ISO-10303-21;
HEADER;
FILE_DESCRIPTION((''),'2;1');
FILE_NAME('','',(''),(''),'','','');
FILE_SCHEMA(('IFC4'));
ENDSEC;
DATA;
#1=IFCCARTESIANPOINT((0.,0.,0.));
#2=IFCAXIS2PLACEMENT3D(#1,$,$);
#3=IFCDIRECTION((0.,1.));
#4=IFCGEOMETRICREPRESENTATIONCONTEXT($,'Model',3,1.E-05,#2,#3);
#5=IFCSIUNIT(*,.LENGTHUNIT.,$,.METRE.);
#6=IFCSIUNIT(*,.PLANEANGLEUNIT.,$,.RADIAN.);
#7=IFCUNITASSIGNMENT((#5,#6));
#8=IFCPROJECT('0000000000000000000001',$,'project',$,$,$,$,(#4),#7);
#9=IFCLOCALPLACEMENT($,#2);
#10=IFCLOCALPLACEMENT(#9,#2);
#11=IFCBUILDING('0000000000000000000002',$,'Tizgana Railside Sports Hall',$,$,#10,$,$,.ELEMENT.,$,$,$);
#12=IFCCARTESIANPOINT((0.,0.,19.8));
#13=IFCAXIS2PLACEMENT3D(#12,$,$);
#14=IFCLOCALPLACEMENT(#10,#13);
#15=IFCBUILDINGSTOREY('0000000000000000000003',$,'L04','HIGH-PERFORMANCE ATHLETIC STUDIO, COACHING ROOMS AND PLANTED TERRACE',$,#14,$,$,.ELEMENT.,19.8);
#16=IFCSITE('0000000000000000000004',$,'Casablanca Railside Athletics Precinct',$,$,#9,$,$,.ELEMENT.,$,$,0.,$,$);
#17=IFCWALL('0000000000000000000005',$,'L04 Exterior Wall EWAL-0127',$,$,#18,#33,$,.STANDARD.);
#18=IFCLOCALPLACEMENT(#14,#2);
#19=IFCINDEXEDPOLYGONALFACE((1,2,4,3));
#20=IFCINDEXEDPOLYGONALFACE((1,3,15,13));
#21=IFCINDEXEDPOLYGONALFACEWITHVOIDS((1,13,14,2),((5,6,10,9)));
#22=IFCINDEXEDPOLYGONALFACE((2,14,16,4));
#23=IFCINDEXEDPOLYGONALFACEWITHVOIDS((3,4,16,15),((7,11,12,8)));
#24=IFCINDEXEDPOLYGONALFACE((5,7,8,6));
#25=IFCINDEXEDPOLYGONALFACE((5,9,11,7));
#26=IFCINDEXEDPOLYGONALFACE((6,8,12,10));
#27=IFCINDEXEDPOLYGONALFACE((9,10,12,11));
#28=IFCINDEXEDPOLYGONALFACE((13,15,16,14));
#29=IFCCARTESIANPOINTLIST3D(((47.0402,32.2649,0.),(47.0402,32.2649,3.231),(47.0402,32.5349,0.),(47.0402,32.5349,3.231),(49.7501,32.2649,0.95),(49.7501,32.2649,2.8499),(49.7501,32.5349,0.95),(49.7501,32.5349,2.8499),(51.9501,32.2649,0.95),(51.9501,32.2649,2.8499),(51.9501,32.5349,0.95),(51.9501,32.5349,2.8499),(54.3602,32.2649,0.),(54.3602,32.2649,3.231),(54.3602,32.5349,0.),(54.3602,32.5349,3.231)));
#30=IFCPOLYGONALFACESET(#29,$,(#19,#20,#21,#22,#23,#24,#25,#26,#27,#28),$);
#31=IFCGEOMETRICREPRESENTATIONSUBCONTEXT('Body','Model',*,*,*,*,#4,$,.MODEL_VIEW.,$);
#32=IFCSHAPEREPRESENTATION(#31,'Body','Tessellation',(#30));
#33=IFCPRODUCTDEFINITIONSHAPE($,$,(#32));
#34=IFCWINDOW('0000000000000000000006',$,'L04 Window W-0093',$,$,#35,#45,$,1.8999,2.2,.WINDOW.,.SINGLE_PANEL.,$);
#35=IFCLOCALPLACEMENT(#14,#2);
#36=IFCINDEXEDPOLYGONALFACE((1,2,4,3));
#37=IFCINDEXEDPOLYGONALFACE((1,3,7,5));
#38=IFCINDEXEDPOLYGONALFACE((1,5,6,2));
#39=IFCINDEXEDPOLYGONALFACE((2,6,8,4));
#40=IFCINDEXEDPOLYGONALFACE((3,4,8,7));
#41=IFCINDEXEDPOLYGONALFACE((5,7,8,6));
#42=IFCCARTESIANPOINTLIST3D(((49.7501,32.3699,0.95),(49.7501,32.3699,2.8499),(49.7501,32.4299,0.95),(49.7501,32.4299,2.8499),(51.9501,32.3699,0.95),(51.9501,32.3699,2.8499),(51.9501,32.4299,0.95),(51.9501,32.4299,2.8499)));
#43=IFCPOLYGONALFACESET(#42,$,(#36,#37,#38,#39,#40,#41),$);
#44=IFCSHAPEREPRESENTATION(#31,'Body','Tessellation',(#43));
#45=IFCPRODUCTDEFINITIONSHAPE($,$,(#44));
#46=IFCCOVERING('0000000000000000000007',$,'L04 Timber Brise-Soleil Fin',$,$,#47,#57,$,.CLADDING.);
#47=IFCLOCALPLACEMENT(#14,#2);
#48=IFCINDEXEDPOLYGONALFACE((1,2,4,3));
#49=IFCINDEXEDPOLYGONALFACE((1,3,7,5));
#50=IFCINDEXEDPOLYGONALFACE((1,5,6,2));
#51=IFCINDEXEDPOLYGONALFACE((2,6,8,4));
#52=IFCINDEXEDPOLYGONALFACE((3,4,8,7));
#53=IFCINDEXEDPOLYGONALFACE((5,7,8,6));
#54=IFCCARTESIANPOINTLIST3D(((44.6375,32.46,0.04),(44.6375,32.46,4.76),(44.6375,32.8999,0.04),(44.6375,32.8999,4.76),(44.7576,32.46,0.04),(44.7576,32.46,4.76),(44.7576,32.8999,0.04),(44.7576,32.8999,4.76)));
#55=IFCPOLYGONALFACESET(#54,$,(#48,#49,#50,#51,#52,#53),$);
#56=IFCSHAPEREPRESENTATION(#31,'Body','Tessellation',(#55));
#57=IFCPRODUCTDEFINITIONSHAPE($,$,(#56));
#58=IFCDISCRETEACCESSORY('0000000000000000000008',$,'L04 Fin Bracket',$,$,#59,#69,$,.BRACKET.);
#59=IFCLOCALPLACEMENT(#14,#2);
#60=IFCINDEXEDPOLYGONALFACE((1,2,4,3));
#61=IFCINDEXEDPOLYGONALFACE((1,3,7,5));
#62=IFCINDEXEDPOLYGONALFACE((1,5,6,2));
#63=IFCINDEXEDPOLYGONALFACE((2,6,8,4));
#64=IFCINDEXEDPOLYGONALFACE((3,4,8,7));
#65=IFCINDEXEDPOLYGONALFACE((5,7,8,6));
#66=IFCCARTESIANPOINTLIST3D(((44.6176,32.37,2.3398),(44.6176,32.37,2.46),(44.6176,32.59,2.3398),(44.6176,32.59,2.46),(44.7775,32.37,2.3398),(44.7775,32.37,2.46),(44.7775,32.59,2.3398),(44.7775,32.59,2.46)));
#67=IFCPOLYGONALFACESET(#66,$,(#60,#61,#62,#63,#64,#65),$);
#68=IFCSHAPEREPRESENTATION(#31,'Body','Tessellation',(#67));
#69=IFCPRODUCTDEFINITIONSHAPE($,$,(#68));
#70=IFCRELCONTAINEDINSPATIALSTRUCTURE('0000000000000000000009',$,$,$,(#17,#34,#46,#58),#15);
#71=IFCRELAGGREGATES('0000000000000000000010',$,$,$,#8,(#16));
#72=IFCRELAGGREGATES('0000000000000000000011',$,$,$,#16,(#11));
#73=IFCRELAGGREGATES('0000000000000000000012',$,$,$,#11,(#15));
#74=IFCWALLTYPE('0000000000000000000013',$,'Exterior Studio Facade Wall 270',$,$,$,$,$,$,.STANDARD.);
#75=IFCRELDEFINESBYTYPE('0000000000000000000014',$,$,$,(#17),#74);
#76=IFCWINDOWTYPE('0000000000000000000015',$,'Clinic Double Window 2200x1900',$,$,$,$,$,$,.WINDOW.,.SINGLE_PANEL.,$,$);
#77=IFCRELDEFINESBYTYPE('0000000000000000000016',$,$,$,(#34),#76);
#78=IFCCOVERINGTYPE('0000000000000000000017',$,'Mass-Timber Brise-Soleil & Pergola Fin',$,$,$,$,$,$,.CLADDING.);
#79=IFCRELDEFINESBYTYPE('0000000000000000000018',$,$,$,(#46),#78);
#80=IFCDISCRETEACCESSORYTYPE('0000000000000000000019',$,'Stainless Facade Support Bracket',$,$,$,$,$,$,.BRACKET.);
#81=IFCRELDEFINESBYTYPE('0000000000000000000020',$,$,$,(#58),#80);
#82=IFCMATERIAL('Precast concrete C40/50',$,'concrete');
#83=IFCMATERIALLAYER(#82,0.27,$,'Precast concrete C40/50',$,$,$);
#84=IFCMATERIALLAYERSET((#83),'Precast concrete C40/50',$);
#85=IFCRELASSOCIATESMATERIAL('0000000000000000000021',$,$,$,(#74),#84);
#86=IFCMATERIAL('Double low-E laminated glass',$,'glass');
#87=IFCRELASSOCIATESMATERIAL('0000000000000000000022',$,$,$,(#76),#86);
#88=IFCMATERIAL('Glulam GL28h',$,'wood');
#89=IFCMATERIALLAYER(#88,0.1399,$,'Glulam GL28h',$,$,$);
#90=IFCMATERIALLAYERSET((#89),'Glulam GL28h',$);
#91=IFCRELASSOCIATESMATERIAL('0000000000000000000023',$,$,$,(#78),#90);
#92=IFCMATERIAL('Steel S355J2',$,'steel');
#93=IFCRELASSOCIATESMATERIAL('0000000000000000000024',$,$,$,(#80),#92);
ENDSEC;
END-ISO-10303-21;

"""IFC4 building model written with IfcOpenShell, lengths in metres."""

from ifc_helpers import new_model, si_unit, direction, frame, frame_2d, origin, origin_2d, place, context, subcontext, project, spatial, rectangle, extrude, material, layer, layer_set, type_object, element, fill, save


model = new_model("IFC4")

# Units and contexts
model_context = context("Model", 3, precision=1e-05, world=origin(), true_north=direction((0.0, 1.0)))
body_context = subcontext(model_context, "Body", "Model", "MODEL_VIEW")
ifc_project = project(units=[si_unit("LENGTHUNIT", "METRE"), si_unit("PLANEANGLEUNIT", "RADIAN")], contexts=[model_context])

# Site, building, storey
site_placement = place(None, origin())
site = spatial("IfcSite", under=ifc_project, at=site_placement, Name="Casablanca Railside Athletics Precinct", CompositionType="ELEMENT", RefElevation=0.0)
building_placement = place(site_placement, origin())
building = spatial("IfcBuilding", under=site, at=building_placement, Name="Tizgana Railside Sports Hall", CompositionType="ELEMENT")
storey_placement = place(building_placement, frame((0.0, 0.0, 19.8)))
storey = spatial("IfcBuildingStorey", under=building, at=storey_placement, Name="L04", Description="HIGH-PERFORMANCE ATHLETIC STUDIO, COACHING ROOMS AND PLANTED TERRACE", CompositionType="ELEMENT", Elevation=19.8)

# Shared definitions
ifc_material_1 = material(Name="Steel S355J2", Category="steel")

# Shared definitions
ifc_material_2 = material(Name="Double low-E laminated glass", Category="glass")

# Wall, opening, window
ifc_material_3 = material(Name="Precast concrete C40/50", Category="concrete")
ifc_layer_1 = layer(ifc_material_3, 0.27, Name="Precast concrete C40/50")
ifc_layer_set_1 = layer_set([ifc_layer_1], Name="Precast concrete C40/50")
wall_type = type_object("IfcWallType", Name="Exterior Studio Facade Wall 270", PredefinedType="STANDARD", material=ifc_layer_set_1)
wall_placement = place(storey_placement, frame((47.04, 32.3999, 0.0), z_axis=(0.0, 0.0, 1.0), x_axis=(1.0, 0.0, 0.0)))
wall = element("IfcWall", 1, at=wall_placement, inside=storey, type_object=wall_type, Name="L04 Exterior Wall EWAL-0127", PredefinedType="STANDARD", context=body_context, shape_type="SweptSolid", body=[
    extrude(rectangle(XDim=7.3201, YDim=0.27, at=frame_2d((3.6602, 0.0))), origin(), (0.0, 0.0, 1.0), 3.231),
])
opening_placement = place(wall_placement, frame((2.71, 0.0, 0.95)))
opening = element("IfcOpeningElement", 2, at=opening_placement, cuts=wall, PredefinedType="OPENING", context=body_context, shape_type="SweptSolid", body=[
    extrude(rectangle(XDim=2.2, YDim=1.8999, at=frame_2d((1.1001, 0.95))), frame((0.0, 0.145, 0.0), z_axis=(0.0, -1.0, 0.0), x_axis=(1.0, 0.0, 0.0)), (0.0, 0.0, 1.0), 0.29),
])
window_type = type_object("IfcWindowType", Name="Clinic Double Window 2200x1900", PartitioningType="SINGLE_PANEL", PredefinedType="WINDOW", material=ifc_material_2)
window_placement = place(opening_placement, origin())
window = element("IfcWindow", 3, at=window_placement, inside=storey, type_object=window_type, Name="L04 Window W-0093", OverallHeight=1.8999, OverallWidth=2.2, PartitioningType="SINGLE_PANEL", PredefinedType="WINDOW", context=body_context, shape_type="SweptSolid", body=[
    extrude(rectangle(XDim=2.2, YDim=1.8999, at=frame_2d((1.1001, 0.95))), frame((0.0, 0.03, 0.0), z_axis=(0.0, -1.0, 0.0), x_axis=(1.0, 0.0, 0.0)), (0.0, 0.0, 1.0), 0.0601),
])
fill(opening, window)

# Covering
ifc_material_4 = material(Name="Glulam GL28h", Category="wood")
ifc_layer_2 = layer(ifc_material_4, 0.1399, Name="Glulam GL28h")
ifc_layer_set_2 = layer_set([ifc_layer_2], Name="Glulam GL28h")
covering_type = type_object("IfcCoveringType", Name="Mass-Timber Brise-Soleil & Pergola Fin", PredefinedType="CLADDING", material=ifc_layer_set_2)
covering_placement = place(storey_placement, frame((44.6975, 32.6799, 0.04), z_axis=(0.0, 0.0, 1.0), x_axis=(1.0, 0.0, 0.0)))
element("IfcCovering", 4, at=covering_placement, inside=storey, type_object=covering_type, Name="L04 Timber Brise-Soleil Fin", PredefinedType="CLADDING", context=body_context, shape_type="SweptSolid", body=[
    extrude(rectangle(XDim=0.1201, YDim=0.4399, at=origin_2d()), origin(), (0.0, 0.0, 1.0), 4.72),
])

# Discrete accessory
discrete_accessory_type = type_object("IfcDiscreteAccessoryType", Name="Stainless Facade Support Bracket", PredefinedType="BRACKET", material=ifc_material_1)
discrete_accessory_placement = place(storey_placement, frame((44.6975, 32.48, 2.3398), z_axis=(0.0, 0.0, 1.0), x_axis=(1.0, 0.0, 0.0)))
element("IfcDiscreteAccessory", 5, at=discrete_accessory_placement, inside=storey, type_object=discrete_accessory_type, Name="L04 Fin Bracket", PredefinedType="BRACKET", context=body_context, shape_type="SweptSolid", body=[
    extrude(rectangle(XDim=0.1599, YDim=0.22, at=origin_2d()), origin(), (0.0, 0.0, 1.0), 0.1201),
])

save(model, "model.ifc")
